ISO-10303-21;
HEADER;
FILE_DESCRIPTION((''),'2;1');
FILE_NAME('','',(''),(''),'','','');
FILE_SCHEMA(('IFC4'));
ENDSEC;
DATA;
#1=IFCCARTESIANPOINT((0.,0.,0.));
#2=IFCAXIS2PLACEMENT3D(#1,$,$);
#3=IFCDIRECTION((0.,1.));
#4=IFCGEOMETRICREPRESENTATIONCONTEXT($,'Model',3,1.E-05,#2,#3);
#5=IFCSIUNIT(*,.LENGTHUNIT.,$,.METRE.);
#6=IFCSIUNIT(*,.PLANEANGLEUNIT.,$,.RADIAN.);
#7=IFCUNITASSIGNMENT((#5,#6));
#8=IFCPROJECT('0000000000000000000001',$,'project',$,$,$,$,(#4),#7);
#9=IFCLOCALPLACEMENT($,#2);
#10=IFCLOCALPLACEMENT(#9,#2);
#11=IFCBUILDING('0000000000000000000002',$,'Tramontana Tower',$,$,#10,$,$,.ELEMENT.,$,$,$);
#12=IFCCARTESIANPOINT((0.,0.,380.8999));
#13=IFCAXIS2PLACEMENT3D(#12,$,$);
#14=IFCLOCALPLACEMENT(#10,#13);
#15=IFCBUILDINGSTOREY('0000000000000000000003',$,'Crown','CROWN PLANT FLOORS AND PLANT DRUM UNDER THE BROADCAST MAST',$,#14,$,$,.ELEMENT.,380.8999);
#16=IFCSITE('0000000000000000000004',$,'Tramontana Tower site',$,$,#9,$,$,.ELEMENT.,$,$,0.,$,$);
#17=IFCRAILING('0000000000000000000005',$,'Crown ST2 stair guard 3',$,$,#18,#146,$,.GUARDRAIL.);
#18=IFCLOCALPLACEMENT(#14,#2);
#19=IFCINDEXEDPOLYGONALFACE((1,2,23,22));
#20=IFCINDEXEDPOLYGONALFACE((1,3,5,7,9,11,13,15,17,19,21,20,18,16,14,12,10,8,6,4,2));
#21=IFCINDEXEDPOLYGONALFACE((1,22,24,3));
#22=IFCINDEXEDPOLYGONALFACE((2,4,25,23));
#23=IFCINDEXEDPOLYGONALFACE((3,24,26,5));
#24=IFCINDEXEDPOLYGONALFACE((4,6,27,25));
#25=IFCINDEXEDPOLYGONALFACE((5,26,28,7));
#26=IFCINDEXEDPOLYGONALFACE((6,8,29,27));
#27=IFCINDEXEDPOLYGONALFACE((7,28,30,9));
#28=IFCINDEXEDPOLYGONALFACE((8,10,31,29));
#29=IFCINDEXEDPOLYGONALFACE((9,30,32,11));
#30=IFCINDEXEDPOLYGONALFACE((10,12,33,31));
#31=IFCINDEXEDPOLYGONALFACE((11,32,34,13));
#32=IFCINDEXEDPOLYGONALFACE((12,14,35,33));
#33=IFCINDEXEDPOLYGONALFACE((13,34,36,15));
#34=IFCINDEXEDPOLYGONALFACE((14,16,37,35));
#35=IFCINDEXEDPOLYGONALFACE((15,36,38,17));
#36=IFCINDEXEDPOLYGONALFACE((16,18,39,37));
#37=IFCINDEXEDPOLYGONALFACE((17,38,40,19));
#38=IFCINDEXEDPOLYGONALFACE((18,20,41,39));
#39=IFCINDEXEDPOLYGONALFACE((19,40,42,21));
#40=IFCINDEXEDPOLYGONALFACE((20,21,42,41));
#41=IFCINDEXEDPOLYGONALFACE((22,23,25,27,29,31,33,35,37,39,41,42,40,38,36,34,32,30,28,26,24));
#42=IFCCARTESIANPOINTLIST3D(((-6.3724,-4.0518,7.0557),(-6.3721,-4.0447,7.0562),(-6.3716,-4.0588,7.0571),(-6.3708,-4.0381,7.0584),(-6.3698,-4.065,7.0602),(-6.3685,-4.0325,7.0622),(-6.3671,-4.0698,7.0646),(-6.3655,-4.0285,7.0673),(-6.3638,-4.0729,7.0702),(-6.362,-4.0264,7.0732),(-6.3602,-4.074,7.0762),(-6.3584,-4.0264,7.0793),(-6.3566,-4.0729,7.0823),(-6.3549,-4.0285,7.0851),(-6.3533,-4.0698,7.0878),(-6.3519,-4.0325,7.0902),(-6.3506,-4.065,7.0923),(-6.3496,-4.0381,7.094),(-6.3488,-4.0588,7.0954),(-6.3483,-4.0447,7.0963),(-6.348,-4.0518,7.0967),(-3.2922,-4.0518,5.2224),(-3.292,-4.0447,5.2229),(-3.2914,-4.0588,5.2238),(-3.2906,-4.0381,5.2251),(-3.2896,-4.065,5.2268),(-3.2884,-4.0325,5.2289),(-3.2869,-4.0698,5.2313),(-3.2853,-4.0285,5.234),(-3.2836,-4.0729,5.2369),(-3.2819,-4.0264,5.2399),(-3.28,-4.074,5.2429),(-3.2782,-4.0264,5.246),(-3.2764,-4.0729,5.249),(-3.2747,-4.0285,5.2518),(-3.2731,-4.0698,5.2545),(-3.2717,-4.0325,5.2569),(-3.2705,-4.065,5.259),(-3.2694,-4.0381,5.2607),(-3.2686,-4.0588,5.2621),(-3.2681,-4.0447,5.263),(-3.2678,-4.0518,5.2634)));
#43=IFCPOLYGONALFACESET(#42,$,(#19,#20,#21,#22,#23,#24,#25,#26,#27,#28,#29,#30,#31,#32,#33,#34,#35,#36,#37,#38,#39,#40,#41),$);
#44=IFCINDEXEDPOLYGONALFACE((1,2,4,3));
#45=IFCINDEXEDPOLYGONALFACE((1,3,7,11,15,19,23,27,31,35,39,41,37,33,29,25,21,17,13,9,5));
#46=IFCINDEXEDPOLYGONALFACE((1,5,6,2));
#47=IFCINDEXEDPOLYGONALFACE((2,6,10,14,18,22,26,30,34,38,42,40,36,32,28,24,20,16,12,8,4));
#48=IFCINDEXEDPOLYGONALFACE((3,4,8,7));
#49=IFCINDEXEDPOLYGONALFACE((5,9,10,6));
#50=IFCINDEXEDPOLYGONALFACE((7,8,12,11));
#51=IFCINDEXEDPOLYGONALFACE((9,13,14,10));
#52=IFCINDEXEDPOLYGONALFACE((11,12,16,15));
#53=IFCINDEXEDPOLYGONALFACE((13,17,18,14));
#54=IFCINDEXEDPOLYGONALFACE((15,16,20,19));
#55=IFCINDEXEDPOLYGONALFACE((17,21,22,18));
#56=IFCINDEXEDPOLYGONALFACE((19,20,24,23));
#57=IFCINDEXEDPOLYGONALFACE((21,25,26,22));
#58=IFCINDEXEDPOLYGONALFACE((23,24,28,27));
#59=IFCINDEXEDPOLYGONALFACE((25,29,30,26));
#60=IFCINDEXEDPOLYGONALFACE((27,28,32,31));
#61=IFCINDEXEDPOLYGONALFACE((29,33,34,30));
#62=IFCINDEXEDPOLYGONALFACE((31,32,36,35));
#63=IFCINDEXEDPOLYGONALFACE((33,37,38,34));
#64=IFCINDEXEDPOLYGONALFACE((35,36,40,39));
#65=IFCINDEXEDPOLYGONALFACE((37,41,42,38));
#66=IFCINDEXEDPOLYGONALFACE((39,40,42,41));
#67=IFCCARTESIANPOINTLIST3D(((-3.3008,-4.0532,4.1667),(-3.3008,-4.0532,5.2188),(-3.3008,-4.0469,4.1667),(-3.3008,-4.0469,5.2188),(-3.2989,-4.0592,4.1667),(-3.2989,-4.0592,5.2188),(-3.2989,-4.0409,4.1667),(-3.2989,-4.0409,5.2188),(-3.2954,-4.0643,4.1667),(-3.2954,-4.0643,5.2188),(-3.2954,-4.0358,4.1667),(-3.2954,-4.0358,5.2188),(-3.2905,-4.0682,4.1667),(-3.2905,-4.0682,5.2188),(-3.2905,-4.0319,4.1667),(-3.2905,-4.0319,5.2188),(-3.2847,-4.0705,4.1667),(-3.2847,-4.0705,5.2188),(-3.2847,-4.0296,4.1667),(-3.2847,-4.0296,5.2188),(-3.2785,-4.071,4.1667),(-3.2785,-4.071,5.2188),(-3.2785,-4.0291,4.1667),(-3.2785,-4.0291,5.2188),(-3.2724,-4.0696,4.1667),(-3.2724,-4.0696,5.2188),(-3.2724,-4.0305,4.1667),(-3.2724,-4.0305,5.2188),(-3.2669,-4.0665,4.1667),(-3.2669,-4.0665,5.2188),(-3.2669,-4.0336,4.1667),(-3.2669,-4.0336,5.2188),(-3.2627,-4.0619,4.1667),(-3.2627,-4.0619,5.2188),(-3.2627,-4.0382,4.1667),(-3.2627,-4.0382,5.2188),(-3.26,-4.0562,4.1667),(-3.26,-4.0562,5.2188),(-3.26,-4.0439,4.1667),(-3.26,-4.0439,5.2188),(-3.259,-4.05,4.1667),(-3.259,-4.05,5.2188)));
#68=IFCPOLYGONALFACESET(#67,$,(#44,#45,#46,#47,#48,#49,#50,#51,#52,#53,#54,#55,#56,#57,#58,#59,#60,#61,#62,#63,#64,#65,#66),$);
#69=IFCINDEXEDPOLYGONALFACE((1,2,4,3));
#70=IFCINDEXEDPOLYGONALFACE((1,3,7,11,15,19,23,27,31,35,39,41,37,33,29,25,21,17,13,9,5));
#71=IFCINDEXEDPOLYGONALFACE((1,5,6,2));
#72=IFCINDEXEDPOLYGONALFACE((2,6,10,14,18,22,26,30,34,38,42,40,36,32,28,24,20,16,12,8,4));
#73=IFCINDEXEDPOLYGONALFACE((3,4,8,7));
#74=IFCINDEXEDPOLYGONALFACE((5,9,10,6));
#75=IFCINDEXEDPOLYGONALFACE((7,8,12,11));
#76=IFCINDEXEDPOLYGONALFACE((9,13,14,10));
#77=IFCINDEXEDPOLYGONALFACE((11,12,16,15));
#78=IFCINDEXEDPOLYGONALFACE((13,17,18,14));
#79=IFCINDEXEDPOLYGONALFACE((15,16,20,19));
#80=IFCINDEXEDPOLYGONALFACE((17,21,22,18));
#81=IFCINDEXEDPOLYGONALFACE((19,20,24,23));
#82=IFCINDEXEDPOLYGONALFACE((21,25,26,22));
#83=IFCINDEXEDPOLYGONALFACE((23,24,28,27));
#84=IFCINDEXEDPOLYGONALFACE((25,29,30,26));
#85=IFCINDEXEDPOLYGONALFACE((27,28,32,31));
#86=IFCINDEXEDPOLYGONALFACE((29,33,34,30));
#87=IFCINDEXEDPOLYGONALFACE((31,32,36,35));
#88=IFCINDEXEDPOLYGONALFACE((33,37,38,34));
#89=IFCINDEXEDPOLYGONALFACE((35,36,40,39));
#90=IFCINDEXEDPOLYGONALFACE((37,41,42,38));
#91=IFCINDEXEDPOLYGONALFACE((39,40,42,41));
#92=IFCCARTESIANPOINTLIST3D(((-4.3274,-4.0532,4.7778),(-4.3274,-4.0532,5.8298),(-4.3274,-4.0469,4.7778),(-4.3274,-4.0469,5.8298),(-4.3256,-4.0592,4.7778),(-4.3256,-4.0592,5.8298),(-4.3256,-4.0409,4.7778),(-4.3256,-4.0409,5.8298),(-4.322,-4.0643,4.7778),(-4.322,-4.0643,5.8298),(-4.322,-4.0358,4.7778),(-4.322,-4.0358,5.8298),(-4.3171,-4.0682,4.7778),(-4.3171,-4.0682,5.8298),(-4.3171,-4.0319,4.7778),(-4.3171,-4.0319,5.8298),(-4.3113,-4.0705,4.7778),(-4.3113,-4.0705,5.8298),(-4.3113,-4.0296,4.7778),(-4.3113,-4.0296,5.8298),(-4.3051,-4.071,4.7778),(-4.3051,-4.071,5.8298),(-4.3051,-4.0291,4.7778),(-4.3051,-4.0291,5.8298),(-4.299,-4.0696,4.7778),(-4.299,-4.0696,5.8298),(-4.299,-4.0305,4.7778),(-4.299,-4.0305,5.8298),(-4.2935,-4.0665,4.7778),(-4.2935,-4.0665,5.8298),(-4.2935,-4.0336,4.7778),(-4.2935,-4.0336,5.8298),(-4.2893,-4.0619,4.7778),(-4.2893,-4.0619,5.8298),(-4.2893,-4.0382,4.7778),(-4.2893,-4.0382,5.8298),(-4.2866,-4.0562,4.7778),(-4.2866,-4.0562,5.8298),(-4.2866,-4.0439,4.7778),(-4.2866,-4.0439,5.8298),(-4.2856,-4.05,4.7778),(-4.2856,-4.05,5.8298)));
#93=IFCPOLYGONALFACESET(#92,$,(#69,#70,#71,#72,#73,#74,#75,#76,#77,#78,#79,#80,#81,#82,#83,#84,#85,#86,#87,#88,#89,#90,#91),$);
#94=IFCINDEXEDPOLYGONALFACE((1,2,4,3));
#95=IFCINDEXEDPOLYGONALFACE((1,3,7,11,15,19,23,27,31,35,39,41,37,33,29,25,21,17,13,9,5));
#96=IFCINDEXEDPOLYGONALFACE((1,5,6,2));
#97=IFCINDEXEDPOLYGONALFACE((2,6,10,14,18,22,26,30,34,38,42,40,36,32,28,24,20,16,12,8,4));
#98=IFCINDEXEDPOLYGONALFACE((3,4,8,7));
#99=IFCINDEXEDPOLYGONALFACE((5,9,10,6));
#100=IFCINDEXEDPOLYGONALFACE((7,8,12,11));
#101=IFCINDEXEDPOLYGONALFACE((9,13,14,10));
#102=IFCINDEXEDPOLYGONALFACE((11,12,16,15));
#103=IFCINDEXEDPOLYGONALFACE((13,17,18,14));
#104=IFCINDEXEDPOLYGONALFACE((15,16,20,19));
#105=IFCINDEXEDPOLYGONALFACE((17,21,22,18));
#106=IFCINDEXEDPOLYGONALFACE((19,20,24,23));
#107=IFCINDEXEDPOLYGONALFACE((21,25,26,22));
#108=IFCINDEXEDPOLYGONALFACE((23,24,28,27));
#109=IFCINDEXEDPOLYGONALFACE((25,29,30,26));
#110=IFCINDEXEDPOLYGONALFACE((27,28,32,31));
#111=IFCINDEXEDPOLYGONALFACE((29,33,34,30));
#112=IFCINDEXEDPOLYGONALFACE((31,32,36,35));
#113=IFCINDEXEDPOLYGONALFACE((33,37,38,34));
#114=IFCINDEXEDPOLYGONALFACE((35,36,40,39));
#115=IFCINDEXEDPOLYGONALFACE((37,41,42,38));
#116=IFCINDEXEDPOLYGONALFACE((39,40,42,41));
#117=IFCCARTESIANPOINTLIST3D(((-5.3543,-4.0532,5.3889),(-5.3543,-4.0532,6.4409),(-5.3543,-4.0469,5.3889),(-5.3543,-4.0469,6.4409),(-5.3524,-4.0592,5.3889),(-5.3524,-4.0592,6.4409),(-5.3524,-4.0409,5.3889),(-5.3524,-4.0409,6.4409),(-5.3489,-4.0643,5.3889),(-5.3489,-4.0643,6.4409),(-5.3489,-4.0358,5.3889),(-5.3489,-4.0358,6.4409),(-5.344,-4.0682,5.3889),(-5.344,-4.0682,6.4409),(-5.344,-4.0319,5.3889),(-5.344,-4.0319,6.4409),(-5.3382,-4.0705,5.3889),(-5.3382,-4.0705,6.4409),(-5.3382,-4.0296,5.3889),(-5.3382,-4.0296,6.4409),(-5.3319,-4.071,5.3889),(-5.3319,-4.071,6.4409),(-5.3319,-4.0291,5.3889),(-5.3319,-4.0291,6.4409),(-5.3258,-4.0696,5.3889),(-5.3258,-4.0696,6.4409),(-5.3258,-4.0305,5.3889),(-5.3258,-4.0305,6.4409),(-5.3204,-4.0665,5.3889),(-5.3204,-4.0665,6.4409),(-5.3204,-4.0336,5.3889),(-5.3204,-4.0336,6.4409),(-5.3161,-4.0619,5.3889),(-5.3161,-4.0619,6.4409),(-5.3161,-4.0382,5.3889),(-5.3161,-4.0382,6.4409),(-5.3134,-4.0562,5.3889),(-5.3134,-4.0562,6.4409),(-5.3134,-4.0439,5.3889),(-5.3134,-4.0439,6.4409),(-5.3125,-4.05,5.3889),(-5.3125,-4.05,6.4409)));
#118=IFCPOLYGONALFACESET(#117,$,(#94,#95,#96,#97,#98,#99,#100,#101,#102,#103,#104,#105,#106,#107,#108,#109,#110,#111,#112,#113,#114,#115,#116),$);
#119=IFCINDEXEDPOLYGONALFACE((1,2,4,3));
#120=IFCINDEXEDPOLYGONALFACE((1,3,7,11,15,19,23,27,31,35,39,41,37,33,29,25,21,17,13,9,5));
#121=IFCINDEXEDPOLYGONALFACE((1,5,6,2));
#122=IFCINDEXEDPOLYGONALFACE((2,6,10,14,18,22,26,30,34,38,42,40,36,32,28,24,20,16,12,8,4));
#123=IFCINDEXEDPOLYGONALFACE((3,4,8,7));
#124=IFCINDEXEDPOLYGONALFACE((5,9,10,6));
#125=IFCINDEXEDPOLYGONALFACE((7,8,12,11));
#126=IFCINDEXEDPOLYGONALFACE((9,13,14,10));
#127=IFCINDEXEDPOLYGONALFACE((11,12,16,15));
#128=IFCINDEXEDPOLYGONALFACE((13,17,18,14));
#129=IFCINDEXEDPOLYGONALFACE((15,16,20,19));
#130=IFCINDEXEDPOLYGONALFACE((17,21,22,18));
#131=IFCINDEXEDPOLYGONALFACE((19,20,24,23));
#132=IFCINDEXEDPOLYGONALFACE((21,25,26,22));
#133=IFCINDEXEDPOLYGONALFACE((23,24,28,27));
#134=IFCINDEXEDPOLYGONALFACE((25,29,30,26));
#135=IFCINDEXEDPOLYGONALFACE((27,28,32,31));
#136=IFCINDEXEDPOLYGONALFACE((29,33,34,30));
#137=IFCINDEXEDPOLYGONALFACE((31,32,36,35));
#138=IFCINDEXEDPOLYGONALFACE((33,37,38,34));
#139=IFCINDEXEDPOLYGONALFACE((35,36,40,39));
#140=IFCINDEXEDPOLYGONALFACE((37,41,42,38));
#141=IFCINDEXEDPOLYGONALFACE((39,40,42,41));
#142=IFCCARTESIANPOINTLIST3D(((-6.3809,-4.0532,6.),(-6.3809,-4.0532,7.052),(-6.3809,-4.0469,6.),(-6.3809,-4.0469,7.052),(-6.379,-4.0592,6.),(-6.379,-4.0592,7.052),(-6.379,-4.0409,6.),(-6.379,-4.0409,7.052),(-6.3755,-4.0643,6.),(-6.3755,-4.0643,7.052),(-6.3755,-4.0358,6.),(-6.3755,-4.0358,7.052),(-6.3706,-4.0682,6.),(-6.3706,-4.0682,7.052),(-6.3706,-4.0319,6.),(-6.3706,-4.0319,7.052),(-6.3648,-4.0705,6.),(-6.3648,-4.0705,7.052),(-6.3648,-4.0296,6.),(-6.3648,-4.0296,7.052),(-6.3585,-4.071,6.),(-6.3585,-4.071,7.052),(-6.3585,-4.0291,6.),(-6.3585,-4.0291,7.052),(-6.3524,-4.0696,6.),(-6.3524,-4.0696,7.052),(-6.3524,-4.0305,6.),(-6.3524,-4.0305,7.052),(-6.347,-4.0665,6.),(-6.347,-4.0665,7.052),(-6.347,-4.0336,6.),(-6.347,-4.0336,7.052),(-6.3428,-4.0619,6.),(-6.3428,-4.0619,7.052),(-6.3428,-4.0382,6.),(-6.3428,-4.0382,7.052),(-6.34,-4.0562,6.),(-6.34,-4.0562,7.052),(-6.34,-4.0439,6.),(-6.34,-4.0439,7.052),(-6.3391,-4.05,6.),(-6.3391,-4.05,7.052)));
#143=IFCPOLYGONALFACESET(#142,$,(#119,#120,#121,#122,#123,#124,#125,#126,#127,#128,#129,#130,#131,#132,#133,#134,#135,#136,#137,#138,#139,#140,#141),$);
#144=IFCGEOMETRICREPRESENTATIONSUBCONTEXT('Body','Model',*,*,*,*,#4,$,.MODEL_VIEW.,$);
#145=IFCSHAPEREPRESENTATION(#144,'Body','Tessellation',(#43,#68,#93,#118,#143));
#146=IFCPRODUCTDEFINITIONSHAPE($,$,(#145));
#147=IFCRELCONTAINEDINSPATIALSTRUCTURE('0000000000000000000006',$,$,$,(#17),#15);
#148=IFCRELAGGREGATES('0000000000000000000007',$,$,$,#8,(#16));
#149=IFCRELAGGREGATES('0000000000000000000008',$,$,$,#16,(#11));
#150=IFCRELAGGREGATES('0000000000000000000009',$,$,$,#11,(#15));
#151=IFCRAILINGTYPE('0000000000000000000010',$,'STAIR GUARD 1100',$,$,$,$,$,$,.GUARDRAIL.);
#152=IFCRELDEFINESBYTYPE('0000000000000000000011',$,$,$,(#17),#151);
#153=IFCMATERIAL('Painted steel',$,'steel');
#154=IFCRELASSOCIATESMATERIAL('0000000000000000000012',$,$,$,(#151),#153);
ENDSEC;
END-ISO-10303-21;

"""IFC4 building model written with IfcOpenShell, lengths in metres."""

from ifc_helpers import new_model, si_unit, direction, frame, origin, origin_2d, place, context, subcontext, project, spatial, circle, extrude, material, type_object, element, save


model = new_model("IFC4")

# Units and contexts
model_context = context("Model", 3, precision=1e-05, world=origin(), true_north=direction((0.0, 1.0)))
body_context = subcontext(model_context, "Body", "Model", "MODEL_VIEW")
ifc_project = project(units=[si_unit("LENGTHUNIT", "METRE"), si_unit("PLANEANGLEUNIT", "RADIAN")], contexts=[model_context])

# Site, building, storey
site_placement = place(None, origin())
site = spatial("IfcSite", under=ifc_project, at=site_placement, Name="Tramontana Tower site", CompositionType="ELEMENT", RefElevation=0.0)
building_placement = place(site_placement, origin())
building = spatial("IfcBuilding", under=site, at=building_placement, Name="Tramontana Tower", CompositionType="ELEMENT")
storey_placement = place(building_placement, frame((0.0, 0.0, 380.8999)))
storey = spatial("IfcBuildingStorey", under=building, at=storey_placement, Name="Crown", Description="CROWN PLANT FLOORS AND PLANT DRUM UNDER THE BROADCAST MAST", CompositionType="ELEMENT", Elevation=380.8999)

# Railing
ifc_material_1 = material(Name="Painted steel", Category="steel")
railing_type_1 = type_object("IfcRailingType", Name="STAIR GUARD 1100", PredefinedType="GUARDRAIL", material=ifc_material_1)
railing_1_placement = place(storey_placement, frame((-3.28, -4.05, 4.1667)))
element("IfcRailing", 1, at=railing_1_placement, inside=storey, type_object=railing_type_1, Name="Crown ST2 stair guard 3", PredefinedType="GUARDRAIL", context=body_context, shape_type="SweptSolid", body=[
    extrude(circle(Radius=0.0239, at=origin_2d()), frame((0.0, 0.0, 1.0762), z_axis=(-0.859309, 0.0, 0.511458), x_axis=(0.0, -1.0, 0.0)), (0.0, 0.0, 1.0), 3.5845),
    extrude(circle(Radius=0.021, at=origin_2d()), origin(), (0.0, 0.0, 1.0), 1.052),
    extrude(circle(Radius=0.021, at=origin_2d()), frame((-1.0266, 0.0, 0.6111)), (0.0, 0.0, 1.0), 1.052),
    extrude(circle(Radius=0.021, at=origin_2d()), frame((-2.0535, 0.0, 1.2222)), (0.0, 0.0, 1.0), 1.052),
    extrude(circle(Radius=0.021, at=origin_2d()), frame((-3.0801, 0.0, 1.8333)), (0.0, 0.0, 1.0), 1.052),
])

save(model, "model.ifc")
